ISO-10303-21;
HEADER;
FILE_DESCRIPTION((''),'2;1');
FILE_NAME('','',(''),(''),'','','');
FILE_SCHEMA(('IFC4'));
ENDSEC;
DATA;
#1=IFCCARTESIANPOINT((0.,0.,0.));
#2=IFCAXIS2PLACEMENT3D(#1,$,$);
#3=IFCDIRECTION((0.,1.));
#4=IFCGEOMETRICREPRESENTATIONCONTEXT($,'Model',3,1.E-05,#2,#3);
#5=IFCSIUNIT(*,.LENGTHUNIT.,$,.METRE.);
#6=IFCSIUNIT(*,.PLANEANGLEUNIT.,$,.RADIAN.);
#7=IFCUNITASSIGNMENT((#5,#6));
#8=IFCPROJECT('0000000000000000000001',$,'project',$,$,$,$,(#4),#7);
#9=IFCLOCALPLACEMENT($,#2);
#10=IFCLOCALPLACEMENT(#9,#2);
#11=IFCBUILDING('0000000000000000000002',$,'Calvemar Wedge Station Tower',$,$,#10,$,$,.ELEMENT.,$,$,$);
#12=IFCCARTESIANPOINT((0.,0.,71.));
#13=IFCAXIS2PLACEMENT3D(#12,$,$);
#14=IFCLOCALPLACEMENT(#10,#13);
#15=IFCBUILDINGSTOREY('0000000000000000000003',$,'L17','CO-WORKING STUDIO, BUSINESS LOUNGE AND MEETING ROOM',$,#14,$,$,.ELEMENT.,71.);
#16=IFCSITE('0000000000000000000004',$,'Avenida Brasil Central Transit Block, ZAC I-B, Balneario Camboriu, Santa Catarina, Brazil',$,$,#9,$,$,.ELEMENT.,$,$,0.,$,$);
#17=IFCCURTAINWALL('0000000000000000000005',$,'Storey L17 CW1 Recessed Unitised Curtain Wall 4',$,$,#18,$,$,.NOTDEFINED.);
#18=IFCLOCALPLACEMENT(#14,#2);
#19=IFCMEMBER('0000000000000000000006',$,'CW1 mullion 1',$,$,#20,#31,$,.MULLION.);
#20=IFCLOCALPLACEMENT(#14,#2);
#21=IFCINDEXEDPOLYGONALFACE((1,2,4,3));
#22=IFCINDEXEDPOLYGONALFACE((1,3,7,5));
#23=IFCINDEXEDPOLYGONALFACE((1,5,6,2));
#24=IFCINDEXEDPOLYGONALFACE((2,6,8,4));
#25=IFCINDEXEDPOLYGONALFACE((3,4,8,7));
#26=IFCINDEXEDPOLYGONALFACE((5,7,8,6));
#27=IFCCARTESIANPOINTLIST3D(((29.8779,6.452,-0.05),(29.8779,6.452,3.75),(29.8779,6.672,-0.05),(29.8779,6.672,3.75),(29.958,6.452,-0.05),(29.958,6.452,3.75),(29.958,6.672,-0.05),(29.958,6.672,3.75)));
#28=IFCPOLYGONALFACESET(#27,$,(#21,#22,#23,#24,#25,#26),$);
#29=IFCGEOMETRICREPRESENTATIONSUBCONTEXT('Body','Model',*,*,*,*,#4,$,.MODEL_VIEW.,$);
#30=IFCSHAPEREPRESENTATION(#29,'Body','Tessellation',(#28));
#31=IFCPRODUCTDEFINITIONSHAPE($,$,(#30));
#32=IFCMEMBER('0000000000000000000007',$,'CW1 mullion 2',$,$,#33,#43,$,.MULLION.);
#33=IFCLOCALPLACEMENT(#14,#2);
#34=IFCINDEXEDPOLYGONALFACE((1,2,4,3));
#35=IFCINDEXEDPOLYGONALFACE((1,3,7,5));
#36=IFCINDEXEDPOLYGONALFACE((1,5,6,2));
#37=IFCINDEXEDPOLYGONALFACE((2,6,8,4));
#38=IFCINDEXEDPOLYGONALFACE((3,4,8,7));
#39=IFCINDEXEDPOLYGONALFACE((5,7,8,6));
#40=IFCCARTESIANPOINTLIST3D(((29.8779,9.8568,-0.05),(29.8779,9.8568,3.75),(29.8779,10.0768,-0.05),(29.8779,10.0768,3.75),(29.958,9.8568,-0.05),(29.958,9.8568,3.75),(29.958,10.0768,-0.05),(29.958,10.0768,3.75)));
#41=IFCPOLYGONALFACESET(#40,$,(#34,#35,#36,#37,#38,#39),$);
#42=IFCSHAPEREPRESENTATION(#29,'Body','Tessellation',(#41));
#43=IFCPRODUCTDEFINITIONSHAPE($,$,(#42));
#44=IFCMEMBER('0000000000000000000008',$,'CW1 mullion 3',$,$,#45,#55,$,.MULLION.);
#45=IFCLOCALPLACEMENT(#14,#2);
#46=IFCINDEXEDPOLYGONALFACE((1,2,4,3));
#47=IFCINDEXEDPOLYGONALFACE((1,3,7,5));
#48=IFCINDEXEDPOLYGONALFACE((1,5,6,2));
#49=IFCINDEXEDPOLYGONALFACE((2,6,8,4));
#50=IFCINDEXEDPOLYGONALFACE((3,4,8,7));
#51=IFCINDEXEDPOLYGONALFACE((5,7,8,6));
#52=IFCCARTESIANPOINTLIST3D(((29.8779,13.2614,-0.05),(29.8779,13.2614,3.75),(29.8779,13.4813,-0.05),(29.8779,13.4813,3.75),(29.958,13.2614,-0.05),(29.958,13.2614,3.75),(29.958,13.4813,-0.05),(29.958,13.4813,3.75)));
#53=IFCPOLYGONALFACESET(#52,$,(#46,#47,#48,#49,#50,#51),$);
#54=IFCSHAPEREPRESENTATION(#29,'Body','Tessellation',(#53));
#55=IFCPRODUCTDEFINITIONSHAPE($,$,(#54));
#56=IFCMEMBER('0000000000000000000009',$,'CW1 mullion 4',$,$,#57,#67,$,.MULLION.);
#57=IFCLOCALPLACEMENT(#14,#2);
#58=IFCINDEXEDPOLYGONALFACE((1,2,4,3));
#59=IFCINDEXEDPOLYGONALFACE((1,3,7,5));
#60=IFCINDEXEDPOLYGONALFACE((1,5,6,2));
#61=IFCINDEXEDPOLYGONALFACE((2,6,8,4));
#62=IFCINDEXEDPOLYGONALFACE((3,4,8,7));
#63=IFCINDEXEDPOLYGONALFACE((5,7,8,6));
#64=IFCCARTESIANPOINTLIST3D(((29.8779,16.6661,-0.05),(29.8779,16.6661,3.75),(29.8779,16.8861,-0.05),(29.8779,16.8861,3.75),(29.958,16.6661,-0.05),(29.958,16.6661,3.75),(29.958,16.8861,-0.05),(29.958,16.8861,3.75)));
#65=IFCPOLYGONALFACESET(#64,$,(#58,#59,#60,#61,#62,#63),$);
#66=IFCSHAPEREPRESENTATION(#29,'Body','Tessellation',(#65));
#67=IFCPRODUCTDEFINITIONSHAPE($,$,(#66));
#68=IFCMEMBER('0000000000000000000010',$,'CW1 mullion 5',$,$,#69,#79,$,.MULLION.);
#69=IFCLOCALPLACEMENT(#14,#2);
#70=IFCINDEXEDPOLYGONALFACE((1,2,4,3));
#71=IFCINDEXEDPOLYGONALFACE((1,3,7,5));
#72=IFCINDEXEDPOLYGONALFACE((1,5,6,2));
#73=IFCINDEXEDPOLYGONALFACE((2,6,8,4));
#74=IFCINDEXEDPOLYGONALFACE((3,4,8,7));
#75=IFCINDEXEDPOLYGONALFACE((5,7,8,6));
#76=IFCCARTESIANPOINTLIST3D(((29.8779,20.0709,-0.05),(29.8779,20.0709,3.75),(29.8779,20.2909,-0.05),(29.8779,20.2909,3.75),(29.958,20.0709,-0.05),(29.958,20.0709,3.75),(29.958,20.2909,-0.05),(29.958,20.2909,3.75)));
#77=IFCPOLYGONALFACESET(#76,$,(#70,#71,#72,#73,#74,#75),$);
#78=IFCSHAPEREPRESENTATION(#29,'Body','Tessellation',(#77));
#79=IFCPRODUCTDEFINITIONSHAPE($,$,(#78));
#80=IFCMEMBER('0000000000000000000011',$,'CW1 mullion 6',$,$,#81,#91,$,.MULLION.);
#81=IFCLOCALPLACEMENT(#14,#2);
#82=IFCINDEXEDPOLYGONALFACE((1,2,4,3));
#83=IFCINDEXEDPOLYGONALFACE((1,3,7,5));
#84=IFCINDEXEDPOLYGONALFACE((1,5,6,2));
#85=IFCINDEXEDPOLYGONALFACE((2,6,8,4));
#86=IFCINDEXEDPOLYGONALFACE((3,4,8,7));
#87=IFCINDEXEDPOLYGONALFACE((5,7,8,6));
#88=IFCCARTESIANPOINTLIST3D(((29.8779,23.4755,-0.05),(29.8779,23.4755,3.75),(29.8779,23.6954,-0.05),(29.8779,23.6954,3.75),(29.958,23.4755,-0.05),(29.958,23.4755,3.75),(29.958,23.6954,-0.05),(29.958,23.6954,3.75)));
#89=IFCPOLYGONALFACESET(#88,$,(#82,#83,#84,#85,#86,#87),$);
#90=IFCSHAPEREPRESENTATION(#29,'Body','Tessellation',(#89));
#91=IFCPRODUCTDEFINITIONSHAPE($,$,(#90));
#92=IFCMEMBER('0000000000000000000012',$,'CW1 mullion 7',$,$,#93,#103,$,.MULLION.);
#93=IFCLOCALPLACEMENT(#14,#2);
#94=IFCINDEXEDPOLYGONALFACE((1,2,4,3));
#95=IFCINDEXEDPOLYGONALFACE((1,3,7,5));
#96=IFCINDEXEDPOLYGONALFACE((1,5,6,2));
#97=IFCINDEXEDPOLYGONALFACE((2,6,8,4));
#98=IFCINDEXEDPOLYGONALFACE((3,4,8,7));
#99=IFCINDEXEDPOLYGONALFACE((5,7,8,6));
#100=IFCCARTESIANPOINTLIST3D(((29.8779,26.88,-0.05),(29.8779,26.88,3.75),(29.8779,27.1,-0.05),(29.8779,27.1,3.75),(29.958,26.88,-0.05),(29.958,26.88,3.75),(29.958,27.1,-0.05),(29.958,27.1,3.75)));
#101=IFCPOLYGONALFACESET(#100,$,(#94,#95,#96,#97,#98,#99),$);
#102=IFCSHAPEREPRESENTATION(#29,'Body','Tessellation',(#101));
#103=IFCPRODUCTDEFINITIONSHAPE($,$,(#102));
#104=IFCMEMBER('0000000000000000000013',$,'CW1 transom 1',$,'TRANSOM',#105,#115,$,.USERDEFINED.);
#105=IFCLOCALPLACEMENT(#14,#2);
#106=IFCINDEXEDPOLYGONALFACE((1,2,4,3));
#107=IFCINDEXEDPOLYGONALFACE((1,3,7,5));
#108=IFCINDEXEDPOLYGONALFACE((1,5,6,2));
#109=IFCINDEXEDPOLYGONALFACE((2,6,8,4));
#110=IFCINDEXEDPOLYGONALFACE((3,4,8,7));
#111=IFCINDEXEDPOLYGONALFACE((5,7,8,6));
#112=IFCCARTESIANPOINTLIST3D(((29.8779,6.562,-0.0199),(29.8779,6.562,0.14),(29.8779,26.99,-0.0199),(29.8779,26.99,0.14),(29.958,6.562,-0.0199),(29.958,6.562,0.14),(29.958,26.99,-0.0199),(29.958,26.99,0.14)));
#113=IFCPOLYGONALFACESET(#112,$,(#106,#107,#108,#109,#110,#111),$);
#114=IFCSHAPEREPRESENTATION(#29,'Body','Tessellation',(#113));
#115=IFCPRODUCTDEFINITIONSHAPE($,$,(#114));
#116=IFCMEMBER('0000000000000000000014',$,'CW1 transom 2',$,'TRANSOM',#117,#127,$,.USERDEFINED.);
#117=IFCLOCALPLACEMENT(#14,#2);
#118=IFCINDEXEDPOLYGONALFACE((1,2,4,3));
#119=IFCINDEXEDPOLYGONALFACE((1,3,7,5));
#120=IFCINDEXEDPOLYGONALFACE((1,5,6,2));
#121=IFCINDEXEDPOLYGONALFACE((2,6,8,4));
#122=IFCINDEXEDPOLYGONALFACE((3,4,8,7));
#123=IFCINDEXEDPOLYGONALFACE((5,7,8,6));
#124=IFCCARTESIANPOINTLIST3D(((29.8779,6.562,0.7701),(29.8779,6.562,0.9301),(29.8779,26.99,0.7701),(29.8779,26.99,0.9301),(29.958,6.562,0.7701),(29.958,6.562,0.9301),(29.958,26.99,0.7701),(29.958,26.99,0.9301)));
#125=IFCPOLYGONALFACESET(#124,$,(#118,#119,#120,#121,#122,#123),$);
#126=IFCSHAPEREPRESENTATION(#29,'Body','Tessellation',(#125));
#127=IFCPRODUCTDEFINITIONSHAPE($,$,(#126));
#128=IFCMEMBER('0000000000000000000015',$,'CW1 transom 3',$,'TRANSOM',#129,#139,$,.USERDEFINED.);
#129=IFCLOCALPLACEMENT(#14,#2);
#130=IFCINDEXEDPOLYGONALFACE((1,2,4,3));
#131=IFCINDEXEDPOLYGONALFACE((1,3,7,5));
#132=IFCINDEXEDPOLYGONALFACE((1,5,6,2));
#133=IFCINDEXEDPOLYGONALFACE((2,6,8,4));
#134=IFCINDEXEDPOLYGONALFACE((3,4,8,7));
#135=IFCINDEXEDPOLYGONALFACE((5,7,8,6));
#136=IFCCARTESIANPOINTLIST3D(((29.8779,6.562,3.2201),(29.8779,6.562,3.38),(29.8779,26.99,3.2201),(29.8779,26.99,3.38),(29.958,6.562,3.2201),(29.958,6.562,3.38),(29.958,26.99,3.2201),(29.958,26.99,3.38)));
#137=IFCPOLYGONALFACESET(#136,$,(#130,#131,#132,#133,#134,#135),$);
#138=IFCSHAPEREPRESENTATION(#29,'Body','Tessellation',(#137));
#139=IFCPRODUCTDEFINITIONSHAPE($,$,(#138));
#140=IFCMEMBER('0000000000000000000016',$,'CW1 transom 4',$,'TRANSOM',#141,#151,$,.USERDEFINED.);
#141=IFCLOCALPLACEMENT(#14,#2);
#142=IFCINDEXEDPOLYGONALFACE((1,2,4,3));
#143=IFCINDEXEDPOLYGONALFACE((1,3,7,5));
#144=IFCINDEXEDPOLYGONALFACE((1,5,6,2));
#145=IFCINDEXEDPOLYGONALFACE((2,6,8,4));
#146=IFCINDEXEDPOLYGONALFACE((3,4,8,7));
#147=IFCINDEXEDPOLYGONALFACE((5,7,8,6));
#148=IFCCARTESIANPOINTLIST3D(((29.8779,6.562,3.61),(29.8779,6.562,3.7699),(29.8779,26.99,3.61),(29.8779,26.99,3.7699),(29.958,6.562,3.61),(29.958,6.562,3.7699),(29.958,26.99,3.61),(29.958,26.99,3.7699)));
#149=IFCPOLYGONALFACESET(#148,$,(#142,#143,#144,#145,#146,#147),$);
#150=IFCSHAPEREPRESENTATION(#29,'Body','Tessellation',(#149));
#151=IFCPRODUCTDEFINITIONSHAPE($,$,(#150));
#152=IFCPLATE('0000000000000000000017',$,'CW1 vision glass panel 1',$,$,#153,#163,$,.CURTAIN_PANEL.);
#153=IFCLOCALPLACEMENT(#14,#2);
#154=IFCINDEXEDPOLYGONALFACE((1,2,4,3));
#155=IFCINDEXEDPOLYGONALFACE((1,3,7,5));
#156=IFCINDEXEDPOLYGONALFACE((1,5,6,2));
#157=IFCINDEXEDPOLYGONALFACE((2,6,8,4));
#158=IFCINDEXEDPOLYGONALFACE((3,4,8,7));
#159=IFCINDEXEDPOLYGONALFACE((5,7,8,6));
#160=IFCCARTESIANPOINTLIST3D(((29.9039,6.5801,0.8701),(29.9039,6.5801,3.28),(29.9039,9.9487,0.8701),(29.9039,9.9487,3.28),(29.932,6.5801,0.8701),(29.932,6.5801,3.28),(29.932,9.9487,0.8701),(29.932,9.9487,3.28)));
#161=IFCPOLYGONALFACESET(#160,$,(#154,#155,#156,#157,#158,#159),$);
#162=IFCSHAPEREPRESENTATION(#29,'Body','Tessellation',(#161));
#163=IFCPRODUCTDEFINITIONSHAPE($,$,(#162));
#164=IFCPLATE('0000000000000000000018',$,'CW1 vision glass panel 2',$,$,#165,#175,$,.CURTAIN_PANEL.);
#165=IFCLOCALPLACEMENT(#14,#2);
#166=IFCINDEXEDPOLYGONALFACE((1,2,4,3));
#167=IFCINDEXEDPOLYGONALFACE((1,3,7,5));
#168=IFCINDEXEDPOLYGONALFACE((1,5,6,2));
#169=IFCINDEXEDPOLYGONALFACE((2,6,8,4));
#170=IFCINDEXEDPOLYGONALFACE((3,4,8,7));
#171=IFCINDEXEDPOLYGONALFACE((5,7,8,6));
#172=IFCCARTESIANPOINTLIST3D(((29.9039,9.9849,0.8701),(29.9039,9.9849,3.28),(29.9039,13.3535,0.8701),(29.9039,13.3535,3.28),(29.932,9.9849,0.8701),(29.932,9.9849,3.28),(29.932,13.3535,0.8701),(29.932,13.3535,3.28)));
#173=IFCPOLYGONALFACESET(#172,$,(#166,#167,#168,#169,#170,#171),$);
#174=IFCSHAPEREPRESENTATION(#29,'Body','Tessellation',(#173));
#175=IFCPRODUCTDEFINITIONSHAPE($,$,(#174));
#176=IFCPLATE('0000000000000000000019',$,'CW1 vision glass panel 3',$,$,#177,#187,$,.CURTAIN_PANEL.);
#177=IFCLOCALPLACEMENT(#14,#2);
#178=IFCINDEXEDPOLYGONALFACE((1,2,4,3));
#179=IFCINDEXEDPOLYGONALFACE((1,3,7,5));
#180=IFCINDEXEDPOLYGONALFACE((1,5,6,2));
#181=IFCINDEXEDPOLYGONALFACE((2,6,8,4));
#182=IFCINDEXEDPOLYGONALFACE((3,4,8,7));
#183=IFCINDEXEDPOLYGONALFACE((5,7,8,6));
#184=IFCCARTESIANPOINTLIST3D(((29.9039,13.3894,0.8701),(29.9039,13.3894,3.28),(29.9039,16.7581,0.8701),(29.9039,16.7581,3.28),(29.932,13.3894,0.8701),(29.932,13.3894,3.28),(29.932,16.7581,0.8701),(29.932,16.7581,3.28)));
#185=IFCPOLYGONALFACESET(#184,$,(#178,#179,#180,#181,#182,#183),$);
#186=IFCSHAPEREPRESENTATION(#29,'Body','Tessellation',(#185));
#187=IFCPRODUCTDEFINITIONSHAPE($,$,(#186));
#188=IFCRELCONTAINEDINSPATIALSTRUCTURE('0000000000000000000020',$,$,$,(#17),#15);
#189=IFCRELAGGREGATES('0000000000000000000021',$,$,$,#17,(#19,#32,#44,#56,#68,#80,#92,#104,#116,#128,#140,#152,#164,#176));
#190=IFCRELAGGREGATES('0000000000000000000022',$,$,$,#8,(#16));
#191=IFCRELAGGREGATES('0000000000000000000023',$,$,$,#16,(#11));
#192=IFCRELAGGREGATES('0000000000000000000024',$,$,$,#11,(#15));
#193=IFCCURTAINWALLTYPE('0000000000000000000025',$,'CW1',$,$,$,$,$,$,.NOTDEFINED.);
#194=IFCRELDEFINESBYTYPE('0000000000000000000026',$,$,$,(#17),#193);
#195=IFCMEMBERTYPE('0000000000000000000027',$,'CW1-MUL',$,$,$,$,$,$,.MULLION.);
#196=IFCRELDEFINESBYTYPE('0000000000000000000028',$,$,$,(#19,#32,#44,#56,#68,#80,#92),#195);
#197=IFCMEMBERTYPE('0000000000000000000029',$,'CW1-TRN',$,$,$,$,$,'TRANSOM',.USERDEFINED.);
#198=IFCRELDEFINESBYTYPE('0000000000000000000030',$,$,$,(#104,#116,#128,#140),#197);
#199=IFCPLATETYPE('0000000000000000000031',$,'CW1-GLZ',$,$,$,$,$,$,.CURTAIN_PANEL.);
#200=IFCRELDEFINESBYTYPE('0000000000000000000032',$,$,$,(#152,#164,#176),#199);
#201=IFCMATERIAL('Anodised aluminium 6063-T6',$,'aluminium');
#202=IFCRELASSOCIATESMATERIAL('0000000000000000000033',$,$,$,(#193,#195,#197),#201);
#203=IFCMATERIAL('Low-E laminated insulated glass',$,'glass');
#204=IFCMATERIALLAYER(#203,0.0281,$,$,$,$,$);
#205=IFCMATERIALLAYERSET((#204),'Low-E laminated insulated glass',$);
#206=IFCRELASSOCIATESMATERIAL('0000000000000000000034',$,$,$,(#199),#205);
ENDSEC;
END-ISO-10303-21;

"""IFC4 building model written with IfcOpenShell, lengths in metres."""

from ifc_helpers import new_model, si_unit, direction, frame, frame_2d, origin, origin_2d, place, context, subcontext, project, spatial, rectangle, extrude, source, transform, mapped, material, layer, layer_set, material_profile, profile_set, type_object, element, aggregate, save


model = new_model("IFC4")

# Units and contexts
model_context = context("Model", 3, precision=1e-05, world=origin(), true_north=direction((0.0, 1.0)))
body_context = subcontext(model_context, "Body", "Model", "MODEL_VIEW")
ifc_project = project(units=[si_unit("LENGTHUNIT", "METRE"), si_unit("PLANEANGLEUNIT", "RADIAN")], contexts=[model_context])

# Site, building, storey
site_placement = place(None, origin())
site = spatial("IfcSite", under=ifc_project, at=site_placement, Name="Avenida Brasil Central Transit Block, ZAC I-B, Balneario Camboriu, Santa Catarina, Brazil", CompositionType="ELEMENT", RefElevation=0.0)
building_placement = place(site_placement, origin())
building = spatial("IfcBuilding", under=site, at=building_placement, Name="Calvemar Wedge Station Tower", CompositionType="ELEMENT")
storey_placement = place(building_placement, frame((0.0, 0.0, 71.0)))
storey = spatial("IfcBuildingStorey", under=building, at=storey_placement, Name="L17", Description="CO-WORKING STUDIO, BUSINESS LOUNGE AND MEETING ROOM", CompositionType="ELEMENT", Elevation=71.0)

# Curtain wall, members, plates
ifc_material_1 = material(Name="Anodised aluminium 6063-T6", Category="aluminium")
curtain_wall_type = type_object("IfcCurtainWallType", Name="CW1", PredefinedType="NOTDEFINED", material=ifc_material_1)
curtain_wall_placement = place(storey_placement, origin())
curtain_wall = element("IfcCurtainWall", 1, at=curtain_wall_placement, inside=storey, type_object=curtain_wall_type, Name="Storey L17 CW1 Recessed Unitised Curtain Wall 4", PredefinedType="NOTDEFINED")
ifc_material_profile_1 = material_profile(ifc_material_1, rectangle(XDim=0.0801, YDim=0.22, at=origin_2d()), Name="AL-MUL-80x220")
ifc_profile_set_1 = profile_set([ifc_material_profile_1], Name="Anodised aluminium 6063-T6")
member_type_1 = type_object("IfcMemberType", Name="CW1-MUL", PredefinedType="MULLION", material=ifc_profile_set_1)
shared_shape_1 = source(origin(), body_context, "Body", "SweptSolid", [
    extrude(rectangle(XDim=0.0801, YDim=0.22, at=origin_2d()), origin(), (0.0, 0.0, 1.0), 3.8),
])
member_1_placement = place(storey_placement, frame((29.918, 6.562, -0.05), z_axis=(0.0, 0.0, 1.0), x_axis=(1.0, 0.0, 0.0)))
member_1 = element("IfcMember", 2, at=member_1_placement, type_object=member_type_1, Name="CW1 mullion 1", PredefinedType="MULLION", context=body_context, shape_type="MappedRepresentation", body=[
    mapped(shared_shape_1, transform((0.0, 0.0, 0.0), scale=1.0)),
])
member_2_placement = place(storey_placement, frame((29.918, 9.9668, -0.05), z_axis=(0.0, 0.0, 1.0), x_axis=(1.0, 0.0, 0.0)))
member_2 = element("IfcMember", 3, at=member_2_placement, type_object=member_type_1, Name="CW1 mullion 2", PredefinedType="MULLION", context=body_context, shape_type="MappedRepresentation", body=[
    mapped(shared_shape_1, transform((0.0, 0.0, 0.0), scale=1.0)),
])
member_3_placement = place(storey_placement, frame((29.918, 13.3713, -0.05), z_axis=(0.0, 0.0, 1.0), x_axis=(1.0, 0.0, 0.0)))
member_3 = element("IfcMember", 4, at=member_3_placement, type_object=member_type_1, Name="CW1 mullion 3", PredefinedType="MULLION", context=body_context, shape_type="MappedRepresentation", body=[
    mapped(shared_shape_1, transform((0.0, 0.0, 0.0), scale=1.0)),
])
member_4_placement = place(storey_placement, frame((29.918, 16.7761, -0.05), z_axis=(0.0, 0.0, 1.0), x_axis=(1.0, 0.0, 0.0)))
member_4 = element("IfcMember", 5, at=member_4_placement, type_object=member_type_1, Name="CW1 mullion 4", PredefinedType="MULLION", context=body_context, shape_type="MappedRepresentation", body=[
    mapped(shared_shape_1, transform((0.0, 0.0, 0.0), scale=1.0)),
])
member_5_placement = place(storey_placement, frame((29.918, 20.1809, -0.05), z_axis=(0.0, 0.0, 1.0), x_axis=(1.0, 0.0, 0.0)))
member_5 = element("IfcMember", 6, at=member_5_placement, type_object=member_type_1, Name="CW1 mullion 5", PredefinedType="MULLION", context=body_context, shape_type="MappedRepresentation", body=[
    mapped(shared_shape_1, transform((0.0, 0.0, 0.0), scale=1.0)),
])
member_6_placement = place(storey_placement, frame((29.918, 23.5854, -0.05), z_axis=(0.0, 0.0, 1.0), x_axis=(1.0, 0.0, 0.0)))
member_6 = element("IfcMember", 7, at=member_6_placement, type_object=member_type_1, Name="CW1 mullion 6", PredefinedType="MULLION", context=body_context, shape_type="MappedRepresentation", body=[
    mapped(shared_shape_1, transform((0.0, 0.0, 0.0), scale=1.0)),
])
member_7_placement = place(storey_placement, frame((29.918, 26.99, -0.05), z_axis=(0.0, 0.0, 1.0), x_axis=(1.0, 0.0, 0.0)))
member_7 = element("IfcMember", 8, at=member_7_placement, type_object=member_type_1, Name="CW1 mullion 7", PredefinedType="MULLION", context=body_context, shape_type="MappedRepresentation", body=[
    mapped(shared_shape_1, transform((0.0, 0.0, 0.0), scale=1.0)),
])
ifc_material_profile_2 = material_profile(ifc_material_1, rectangle(XDim=0.0801, YDim=0.1599, at=origin_2d()), Name="AL-TRN-80x160")
ifc_profile_set_2 = profile_set([ifc_material_profile_2], Name="Anodised aluminium 6063-T6")
member_type_2 = type_object("IfcMemberType", Name="CW1-TRN", ElementType="TRANSOM", PredefinedType="USERDEFINED", material=ifc_profile_set_2)
shared_shape_2 = source(origin(), body_context, "Body", "SweptSolid", [
    extrude(rectangle(XDim=0.0801, YDim=0.1599, at=origin_2d()), origin(), (0.0, 0.0, 1.0), 20.428),
])
member_8_placement = place(storey_placement, frame((29.918, 6.562, 0.0601), z_axis=(0.0, 1.0, 0.0), x_axis=(-1.0, 0.0, 0.0)))
member_8 = element("IfcMember", 9, at=member_8_placement, type_object=member_type_2, Name="CW1 transom 1", ObjectType="TRANSOM", PredefinedType="USERDEFINED", context=body_context, shape_type="MappedRepresentation", body=[
    mapped(shared_shape_2, transform((0.0, 0.0, 0.0), scale=1.0)),
])
member_9_placement = place(storey_placement, frame((29.918, 6.562, 0.8501), z_axis=(0.0, 1.0, 0.0), x_axis=(-1.0, 0.0, 0.0)))
member_9 = element("IfcMember", 10, at=member_9_placement, type_object=member_type_2, Name="CW1 transom 2", ObjectType="TRANSOM", PredefinedType="USERDEFINED", context=body_context, shape_type="MappedRepresentation", body=[
    mapped(shared_shape_2, transform((0.0, 0.0, 0.0), scale=1.0)),
])
member_10_placement = place(storey_placement, frame((29.918, 6.562, 3.3), z_axis=(0.0, 1.0, 0.0), x_axis=(-1.0, 0.0, 0.0)))
member_10 = element("IfcMember", 11, at=member_10_placement, type_object=member_type_2, Name="CW1 transom 3", ObjectType="TRANSOM", PredefinedType="USERDEFINED", context=body_context, shape_type="MappedRepresentation", body=[
    mapped(shared_shape_2, transform((0.0, 0.0, 0.0), scale=1.0)),
])
member_11_placement = place(storey_placement, frame((29.918, 6.562, 3.6899), z_axis=(0.0, 1.0, 0.0), x_axis=(-1.0, 0.0, 0.0)))
member_11 = element("IfcMember", 12, at=member_11_placement, type_object=member_type_2, Name="CW1 transom 4", ObjectType="TRANSOM", PredefinedType="USERDEFINED", context=body_context, shape_type="MappedRepresentation", body=[
    mapped(shared_shape_2, transform((0.0, 0.0, 0.0), scale=1.0)),
])
ifc_material_2 = material(Name="Low-E laminated insulated glass", Category="glass")
ifc_layer_1 = layer(ifc_material_2, 0.0281)
ifc_layer_set_1 = layer_set([ifc_layer_1], Name="Low-E laminated insulated glass")
plate_type_1 = type_object("IfcPlateType", Name="CW1-GLZ", PredefinedType="CURTAIN_PANEL", material=ifc_layer_set_1)
plate_1_placement = place(storey_placement, frame((29.918, 6.5801, 0.8701), z_axis=(0.0, 0.0, 1.0), x_axis=(0.0, 1.0, 0.0)))
plate_1 = element("IfcPlate", 13, at=plate_1_placement, type_object=plate_type_1, Name="CW1 vision glass panel 1", PredefinedType="CURTAIN_PANEL", context=body_context, shape_type="SweptSolid", body=[
    extrude(rectangle(XDim=3.3687, YDim=0.0281, at=frame_2d((1.6843, 0.0))), origin(), (0.0, 0.0, 1.0), 2.4099),
])
plate_2_placement = place(storey_placement, frame((29.918, 9.9849, 0.8701), z_axis=(0.0, 0.0, 1.0), x_axis=(0.0, 1.0, 0.0)))
plate_2 = element("IfcPlate", 14, at=plate_2_placement, type_object=plate_type_1, Name="CW1 vision glass panel 2", PredefinedType="CURTAIN_PANEL", context=body_context, shape_type="SweptSolid", body=[
    extrude(rectangle(XDim=3.3687, YDim=0.0281, at=frame_2d((1.6843, 0.0))), origin(), (0.0, 0.0, 1.0), 2.4099),
])
plate_3_placement = place(storey_placement, frame((29.918, 13.3894, 0.8701), z_axis=(0.0, 0.0, 1.0), x_axis=(0.0, 1.0, 0.0)))
plate_3 = element("IfcPlate", 15, at=plate_3_placement, type_object=plate_type_1, Name="CW1 vision glass panel 3", PredefinedType="CURTAIN_PANEL", context=body_context, shape_type="SweptSolid", body=[
    extrude(rectangle(XDim=3.3687, YDim=0.0281, at=frame_2d((1.6843, 0.0))), origin(), (0.0, 0.0, 1.0), 2.4099),
])
aggregate(curtain_wall, [member_1, member_2, member_3, member_4, member_5, member_6, member_7, member_8, member_9, member_10, member_11, plate_1, plate_2, plate_3])

save(model, "model.ifc")
